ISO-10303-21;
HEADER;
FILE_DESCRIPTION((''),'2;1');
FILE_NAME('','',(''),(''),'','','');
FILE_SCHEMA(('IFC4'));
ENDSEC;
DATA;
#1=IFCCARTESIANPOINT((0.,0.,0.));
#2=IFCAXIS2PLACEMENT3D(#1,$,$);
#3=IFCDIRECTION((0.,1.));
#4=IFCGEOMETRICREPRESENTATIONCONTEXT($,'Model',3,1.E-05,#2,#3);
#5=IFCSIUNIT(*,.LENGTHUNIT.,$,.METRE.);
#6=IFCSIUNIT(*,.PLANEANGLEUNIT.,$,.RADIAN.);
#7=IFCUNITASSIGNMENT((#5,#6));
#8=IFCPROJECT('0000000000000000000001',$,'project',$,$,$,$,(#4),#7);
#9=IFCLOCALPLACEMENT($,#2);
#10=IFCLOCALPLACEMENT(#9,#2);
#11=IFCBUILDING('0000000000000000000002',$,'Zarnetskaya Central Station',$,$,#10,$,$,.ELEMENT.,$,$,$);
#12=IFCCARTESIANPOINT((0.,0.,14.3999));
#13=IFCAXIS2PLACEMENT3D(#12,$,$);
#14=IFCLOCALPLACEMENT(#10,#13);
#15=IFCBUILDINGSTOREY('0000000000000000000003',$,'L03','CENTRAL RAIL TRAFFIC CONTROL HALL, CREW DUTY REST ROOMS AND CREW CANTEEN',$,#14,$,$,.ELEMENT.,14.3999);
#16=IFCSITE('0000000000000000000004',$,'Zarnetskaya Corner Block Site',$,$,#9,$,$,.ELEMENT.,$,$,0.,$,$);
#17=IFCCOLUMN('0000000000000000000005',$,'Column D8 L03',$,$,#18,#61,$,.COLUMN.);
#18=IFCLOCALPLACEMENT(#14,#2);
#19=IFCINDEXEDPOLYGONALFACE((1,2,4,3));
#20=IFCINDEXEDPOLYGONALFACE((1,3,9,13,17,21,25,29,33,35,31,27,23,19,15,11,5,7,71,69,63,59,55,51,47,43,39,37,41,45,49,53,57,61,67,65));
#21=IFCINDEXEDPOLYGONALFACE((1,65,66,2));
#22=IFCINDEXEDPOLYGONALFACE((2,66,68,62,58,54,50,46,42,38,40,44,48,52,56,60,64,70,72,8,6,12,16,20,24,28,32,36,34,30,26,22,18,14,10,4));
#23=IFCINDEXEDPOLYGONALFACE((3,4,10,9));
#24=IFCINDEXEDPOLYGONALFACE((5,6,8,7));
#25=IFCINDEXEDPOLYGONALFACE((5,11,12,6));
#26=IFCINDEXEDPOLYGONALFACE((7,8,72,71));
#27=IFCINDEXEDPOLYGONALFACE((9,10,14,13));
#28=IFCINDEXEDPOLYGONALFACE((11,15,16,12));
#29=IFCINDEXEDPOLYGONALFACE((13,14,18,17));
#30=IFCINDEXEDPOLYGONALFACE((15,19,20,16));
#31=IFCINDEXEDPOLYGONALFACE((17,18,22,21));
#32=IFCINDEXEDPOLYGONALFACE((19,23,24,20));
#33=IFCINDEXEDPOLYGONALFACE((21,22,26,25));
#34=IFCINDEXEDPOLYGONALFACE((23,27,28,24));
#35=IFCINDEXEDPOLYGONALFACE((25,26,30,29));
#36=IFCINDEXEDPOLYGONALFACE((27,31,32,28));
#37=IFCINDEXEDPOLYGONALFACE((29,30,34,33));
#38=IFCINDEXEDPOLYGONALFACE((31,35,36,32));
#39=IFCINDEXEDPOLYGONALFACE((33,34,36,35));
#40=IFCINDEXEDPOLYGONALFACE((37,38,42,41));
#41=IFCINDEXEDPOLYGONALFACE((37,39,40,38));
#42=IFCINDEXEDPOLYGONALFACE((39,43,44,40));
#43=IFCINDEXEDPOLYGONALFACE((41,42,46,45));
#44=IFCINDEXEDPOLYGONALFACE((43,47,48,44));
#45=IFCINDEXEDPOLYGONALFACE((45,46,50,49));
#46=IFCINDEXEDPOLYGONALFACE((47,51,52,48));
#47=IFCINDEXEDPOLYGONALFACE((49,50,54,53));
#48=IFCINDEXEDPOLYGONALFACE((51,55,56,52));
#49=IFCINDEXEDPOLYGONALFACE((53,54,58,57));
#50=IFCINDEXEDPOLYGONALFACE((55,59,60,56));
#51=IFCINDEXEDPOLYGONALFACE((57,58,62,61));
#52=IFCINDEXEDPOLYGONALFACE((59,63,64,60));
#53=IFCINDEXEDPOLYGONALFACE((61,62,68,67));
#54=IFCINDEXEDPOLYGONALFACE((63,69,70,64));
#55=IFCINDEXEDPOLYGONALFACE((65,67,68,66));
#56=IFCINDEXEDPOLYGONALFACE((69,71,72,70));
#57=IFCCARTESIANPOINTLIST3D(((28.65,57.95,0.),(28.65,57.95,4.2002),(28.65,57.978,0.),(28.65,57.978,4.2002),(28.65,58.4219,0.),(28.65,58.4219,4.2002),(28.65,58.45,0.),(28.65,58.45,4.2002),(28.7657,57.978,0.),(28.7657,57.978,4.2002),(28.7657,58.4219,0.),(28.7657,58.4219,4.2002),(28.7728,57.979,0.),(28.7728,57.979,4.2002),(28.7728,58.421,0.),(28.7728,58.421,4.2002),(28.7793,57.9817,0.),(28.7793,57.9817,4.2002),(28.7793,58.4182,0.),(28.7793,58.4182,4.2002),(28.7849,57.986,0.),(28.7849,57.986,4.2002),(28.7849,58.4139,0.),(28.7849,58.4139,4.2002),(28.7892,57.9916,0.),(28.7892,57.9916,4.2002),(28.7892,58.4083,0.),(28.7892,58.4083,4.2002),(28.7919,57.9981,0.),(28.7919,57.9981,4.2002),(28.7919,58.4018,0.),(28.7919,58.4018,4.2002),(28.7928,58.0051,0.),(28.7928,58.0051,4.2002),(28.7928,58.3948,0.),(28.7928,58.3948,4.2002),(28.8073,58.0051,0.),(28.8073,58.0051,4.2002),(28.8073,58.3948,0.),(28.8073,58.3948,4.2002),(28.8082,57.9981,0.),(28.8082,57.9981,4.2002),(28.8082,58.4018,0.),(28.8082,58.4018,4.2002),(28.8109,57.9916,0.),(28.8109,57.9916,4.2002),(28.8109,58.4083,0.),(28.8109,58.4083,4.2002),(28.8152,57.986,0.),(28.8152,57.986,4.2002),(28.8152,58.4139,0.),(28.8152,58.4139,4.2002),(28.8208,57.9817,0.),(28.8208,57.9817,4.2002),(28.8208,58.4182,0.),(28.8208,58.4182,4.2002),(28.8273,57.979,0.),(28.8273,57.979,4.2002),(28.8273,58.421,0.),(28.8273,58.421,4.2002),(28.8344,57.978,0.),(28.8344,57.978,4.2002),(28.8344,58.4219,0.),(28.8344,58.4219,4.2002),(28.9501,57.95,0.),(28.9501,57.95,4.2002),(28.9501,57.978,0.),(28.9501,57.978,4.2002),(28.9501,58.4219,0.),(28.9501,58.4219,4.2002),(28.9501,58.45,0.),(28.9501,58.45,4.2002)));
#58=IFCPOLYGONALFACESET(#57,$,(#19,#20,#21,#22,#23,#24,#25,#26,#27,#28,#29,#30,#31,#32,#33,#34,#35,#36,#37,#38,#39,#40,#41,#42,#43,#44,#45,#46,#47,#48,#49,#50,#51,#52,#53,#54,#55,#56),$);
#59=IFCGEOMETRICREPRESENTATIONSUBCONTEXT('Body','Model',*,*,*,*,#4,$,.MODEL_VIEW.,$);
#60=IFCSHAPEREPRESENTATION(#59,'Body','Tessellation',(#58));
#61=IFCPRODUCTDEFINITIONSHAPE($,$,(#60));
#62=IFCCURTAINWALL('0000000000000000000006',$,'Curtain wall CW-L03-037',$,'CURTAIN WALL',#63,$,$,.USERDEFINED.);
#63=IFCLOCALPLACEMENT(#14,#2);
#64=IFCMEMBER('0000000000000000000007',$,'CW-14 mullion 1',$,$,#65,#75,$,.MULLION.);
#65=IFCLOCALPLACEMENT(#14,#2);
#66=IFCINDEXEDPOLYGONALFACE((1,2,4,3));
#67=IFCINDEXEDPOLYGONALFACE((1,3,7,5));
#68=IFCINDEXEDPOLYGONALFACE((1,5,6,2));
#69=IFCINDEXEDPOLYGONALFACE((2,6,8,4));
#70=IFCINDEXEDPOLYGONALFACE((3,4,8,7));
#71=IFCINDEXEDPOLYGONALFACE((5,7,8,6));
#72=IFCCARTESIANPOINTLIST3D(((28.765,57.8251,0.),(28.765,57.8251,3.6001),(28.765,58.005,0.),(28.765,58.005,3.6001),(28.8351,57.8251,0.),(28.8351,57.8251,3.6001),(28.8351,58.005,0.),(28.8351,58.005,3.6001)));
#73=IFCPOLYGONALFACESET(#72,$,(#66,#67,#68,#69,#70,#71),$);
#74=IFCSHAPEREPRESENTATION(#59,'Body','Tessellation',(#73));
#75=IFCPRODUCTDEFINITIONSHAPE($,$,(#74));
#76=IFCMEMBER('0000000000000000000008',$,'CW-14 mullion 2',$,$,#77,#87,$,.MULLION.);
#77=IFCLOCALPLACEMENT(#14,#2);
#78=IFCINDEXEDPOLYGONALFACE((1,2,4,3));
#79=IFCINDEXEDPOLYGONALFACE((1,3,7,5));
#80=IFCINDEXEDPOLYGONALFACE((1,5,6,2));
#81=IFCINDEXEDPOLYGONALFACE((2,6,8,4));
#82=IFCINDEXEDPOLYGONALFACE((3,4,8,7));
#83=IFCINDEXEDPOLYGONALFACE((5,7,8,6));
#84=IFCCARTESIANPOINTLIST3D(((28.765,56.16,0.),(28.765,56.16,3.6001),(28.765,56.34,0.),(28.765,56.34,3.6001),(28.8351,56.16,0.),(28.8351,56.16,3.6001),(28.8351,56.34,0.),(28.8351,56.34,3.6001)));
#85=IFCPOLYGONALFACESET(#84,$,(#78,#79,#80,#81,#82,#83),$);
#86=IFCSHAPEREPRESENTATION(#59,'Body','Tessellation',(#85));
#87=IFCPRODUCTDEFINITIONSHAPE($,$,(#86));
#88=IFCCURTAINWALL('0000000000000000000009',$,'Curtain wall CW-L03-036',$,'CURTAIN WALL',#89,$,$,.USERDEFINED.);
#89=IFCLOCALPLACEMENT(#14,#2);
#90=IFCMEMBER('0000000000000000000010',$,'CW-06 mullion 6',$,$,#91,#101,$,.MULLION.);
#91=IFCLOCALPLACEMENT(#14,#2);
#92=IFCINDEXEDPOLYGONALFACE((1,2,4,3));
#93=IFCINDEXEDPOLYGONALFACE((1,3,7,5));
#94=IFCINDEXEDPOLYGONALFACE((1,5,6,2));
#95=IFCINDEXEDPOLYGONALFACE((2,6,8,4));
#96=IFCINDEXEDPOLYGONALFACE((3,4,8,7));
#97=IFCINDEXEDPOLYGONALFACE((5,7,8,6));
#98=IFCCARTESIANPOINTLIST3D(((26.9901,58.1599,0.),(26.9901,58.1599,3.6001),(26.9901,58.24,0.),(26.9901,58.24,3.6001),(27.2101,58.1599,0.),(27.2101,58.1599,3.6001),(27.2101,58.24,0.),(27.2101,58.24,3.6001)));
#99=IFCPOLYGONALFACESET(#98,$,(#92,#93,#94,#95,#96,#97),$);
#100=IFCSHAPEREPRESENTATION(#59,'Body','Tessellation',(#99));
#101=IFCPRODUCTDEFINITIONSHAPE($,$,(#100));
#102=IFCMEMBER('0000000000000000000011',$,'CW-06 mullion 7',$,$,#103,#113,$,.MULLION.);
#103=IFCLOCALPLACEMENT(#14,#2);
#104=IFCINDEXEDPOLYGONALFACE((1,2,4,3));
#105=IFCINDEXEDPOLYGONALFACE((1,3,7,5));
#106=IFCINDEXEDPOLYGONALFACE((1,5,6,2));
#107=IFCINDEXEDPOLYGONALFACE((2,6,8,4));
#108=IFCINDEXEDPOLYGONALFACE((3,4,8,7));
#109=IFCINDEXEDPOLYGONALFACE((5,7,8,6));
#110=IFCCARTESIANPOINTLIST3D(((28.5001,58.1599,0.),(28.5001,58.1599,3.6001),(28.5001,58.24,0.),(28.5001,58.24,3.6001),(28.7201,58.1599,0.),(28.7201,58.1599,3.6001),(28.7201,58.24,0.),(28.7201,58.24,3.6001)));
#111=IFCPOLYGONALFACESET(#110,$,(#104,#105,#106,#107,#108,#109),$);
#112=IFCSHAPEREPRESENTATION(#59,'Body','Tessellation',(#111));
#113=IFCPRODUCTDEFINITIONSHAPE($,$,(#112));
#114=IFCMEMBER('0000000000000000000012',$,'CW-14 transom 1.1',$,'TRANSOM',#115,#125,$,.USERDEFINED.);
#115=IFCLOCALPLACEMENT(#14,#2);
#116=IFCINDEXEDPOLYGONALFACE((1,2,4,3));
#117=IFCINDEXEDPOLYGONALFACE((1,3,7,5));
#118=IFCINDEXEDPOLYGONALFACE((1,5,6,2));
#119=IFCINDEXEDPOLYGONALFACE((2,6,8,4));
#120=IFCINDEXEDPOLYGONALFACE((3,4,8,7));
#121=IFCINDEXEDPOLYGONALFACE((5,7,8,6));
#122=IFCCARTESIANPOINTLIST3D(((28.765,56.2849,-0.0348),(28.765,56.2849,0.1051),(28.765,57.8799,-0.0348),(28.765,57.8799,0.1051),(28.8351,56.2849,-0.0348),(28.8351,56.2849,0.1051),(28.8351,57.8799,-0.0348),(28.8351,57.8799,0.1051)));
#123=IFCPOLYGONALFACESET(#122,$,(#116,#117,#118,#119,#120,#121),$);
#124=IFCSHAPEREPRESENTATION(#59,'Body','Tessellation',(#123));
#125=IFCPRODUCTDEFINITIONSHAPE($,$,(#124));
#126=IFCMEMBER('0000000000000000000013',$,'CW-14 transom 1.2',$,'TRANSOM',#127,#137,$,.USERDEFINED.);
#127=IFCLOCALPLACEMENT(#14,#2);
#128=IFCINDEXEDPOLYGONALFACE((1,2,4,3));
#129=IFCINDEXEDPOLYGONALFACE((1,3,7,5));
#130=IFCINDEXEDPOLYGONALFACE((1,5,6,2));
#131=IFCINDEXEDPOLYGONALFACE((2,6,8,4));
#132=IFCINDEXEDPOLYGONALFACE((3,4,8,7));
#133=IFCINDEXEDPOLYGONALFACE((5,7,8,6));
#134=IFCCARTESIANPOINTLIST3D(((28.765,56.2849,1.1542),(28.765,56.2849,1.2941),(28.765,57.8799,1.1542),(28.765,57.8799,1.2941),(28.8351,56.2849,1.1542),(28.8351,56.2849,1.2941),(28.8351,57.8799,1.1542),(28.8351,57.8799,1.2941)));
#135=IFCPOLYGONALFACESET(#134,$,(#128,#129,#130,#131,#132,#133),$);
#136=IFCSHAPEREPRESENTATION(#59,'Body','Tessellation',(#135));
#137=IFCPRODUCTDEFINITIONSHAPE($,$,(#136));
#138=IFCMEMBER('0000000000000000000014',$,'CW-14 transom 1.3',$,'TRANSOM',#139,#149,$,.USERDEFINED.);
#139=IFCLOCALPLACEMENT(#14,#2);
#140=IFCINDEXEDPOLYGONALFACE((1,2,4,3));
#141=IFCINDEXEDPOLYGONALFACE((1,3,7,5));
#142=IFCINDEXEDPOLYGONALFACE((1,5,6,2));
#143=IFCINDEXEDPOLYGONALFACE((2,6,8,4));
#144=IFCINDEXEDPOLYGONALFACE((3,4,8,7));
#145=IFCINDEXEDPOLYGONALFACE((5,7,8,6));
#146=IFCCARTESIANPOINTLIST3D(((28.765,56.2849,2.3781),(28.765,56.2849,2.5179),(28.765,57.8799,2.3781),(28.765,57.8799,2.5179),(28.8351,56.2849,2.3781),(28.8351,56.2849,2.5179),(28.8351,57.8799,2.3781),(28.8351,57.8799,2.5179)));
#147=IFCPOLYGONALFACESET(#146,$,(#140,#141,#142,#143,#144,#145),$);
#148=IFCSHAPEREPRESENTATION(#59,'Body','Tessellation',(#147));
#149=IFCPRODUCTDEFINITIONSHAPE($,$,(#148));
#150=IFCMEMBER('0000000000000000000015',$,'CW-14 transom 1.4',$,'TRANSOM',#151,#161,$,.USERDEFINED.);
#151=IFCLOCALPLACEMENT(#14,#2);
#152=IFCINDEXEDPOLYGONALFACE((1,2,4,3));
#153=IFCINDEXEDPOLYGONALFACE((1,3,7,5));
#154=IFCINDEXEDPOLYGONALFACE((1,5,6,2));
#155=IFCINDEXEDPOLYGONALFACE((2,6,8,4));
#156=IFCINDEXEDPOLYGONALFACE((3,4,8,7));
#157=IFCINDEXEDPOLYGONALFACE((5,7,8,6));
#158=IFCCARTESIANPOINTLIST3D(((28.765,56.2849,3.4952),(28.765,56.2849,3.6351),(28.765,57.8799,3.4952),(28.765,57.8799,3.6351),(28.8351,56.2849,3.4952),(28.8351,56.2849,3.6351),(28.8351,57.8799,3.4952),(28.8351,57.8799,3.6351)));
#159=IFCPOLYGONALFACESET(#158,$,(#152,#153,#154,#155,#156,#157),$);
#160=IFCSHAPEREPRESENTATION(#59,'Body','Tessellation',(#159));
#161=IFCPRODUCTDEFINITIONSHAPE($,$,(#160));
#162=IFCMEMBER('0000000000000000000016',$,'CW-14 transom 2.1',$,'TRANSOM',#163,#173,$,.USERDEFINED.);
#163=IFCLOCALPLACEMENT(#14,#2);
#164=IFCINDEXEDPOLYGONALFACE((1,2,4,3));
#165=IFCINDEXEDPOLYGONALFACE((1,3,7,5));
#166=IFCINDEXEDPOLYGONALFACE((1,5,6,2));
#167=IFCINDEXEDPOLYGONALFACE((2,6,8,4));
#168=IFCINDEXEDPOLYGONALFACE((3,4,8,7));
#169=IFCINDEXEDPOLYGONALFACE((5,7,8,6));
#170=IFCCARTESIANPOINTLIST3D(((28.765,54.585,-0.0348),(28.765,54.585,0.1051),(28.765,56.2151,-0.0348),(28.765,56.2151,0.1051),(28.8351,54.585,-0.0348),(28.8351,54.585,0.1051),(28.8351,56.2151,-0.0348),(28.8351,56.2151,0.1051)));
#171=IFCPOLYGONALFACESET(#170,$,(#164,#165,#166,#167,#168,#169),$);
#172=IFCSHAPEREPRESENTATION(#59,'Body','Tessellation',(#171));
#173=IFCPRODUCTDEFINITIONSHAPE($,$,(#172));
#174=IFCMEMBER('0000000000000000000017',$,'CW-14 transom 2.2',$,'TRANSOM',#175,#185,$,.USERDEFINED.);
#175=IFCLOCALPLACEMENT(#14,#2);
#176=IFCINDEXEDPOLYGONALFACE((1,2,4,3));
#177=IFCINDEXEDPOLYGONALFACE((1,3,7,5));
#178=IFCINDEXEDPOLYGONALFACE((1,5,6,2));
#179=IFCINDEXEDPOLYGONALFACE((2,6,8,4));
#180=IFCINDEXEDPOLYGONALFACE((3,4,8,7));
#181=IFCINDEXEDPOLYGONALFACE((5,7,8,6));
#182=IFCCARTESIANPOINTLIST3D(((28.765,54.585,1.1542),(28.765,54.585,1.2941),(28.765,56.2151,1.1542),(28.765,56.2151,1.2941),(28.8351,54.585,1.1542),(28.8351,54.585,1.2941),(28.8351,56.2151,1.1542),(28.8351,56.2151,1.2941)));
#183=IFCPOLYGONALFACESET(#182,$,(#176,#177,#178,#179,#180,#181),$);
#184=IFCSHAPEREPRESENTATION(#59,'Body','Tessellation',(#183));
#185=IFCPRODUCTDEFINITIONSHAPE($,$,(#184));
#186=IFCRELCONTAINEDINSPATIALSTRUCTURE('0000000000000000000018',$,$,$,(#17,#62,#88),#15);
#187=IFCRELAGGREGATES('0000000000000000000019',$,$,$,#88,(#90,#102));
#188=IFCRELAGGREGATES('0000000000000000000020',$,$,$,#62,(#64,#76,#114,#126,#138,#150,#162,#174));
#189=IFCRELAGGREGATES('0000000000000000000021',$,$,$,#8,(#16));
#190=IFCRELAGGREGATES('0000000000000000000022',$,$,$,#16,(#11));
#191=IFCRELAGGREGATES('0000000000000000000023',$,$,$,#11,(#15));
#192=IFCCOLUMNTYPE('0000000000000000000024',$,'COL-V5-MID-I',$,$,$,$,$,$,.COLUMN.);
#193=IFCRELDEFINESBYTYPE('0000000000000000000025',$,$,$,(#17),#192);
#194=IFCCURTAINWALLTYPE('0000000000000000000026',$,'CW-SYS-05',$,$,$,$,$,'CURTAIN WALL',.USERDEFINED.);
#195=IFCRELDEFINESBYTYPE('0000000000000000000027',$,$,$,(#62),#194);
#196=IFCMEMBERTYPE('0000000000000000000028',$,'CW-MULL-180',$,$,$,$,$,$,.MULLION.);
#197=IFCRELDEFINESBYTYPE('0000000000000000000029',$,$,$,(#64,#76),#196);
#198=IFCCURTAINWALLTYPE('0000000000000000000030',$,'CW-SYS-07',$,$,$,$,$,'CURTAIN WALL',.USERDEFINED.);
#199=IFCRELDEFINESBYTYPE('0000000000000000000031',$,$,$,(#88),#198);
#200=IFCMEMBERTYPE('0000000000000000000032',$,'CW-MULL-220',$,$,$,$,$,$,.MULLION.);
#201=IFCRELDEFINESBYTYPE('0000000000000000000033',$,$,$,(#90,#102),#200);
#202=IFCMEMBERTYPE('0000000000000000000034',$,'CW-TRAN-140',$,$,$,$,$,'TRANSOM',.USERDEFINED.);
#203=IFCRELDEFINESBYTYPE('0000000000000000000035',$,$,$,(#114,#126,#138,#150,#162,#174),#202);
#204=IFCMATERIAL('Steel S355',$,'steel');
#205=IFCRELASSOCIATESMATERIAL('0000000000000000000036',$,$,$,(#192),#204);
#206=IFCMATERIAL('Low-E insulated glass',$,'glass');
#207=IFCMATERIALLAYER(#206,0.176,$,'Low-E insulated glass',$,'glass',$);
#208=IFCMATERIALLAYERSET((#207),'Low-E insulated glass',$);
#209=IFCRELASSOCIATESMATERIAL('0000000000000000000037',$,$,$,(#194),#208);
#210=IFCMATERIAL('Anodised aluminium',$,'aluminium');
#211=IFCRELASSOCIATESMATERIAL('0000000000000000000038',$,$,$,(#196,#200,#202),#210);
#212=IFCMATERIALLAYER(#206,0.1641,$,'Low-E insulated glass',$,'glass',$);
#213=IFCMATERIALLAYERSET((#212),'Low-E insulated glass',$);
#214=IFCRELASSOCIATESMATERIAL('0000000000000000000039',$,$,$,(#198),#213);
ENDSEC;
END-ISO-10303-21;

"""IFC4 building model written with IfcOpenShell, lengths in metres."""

from ifc_helpers import new_model, si_unit, direction, frame, origin, origin_2d, place, context, subcontext, project, spatial, rectangle, i_section, extrude, material, layer, layer_set, material_profile, profile_set, type_object, element, aggregate, save


model = new_model("IFC4")

# Units and contexts
model_context = context("Model", 3, precision=1e-05, world=origin(), true_north=direction((0.0, 1.0)))
body_context = subcontext(model_context, "Body", "Model", "MODEL_VIEW")
ifc_project = project(units=[si_unit("LENGTHUNIT", "METRE"), si_unit("PLANEANGLEUNIT", "RADIAN")], contexts=[model_context])

# Site, building, storey
site_placement = place(None, origin())
site = spatial("IfcSite", under=ifc_project, at=site_placement, Name="Zarnetskaya Corner Block Site", CompositionType="ELEMENT", RefElevation=0.0)
building_placement = place(site_placement, origin())
building = spatial("IfcBuilding", under=site, at=building_placement, Name="Zarnetskaya Central Station", CompositionType="ELEMENT")
storey_placement = place(building_placement, frame((0.0, 0.0, 14.3999)))
storey = spatial("IfcBuildingStorey", under=building, at=storey_placement, Name="L03", Description="CENTRAL RAIL TRAFFIC CONTROL HALL, CREW DUTY REST ROOMS AND CREW CANTEEN", CompositionType="ELEMENT", Elevation=14.3999)

# Column
ifc_material_1 = material(Name="Steel S355", Category="steel")
ifc_material_profile_1 = material_profile(ifc_material_1, i_section(OverallWidth=0.3, OverallDepth=0.5, WebThickness=0.0144, FlangeThickness=0.0281, FilletRadius=0.0271, at=origin_2d()), Name="HEB 500")
ifc_profile_set_1 = profile_set([ifc_material_profile_1], Name="Steel S355")
column_type = type_object("IfcColumnType", Name="COL-V5-MID-I", PredefinedType="COLUMN", material=ifc_profile_set_1)
column_placement = place(storey_placement, frame((28.8, 58.2, 0.0), z_axis=(0.0, 0.0, 1.0), x_axis=(1.0, 0.0, 0.0)))
element("IfcColumn", 1, at=column_placement, inside=storey, type_object=column_type, Name="Column D8 L03", PredefinedType="COLUMN", context=body_context, shape_type="SweptSolid", body=[
    extrude(i_section(OverallWidth=0.3, OverallDepth=0.5, WebThickness=0.0144, FlangeThickness=0.0281, FilletRadius=0.0271, at=origin_2d()), origin(), (0.0, 0.0, 1.0), 4.2002),
])

# Curtain walls, members
ifc_material_2 = material(Name="Low-E insulated glass", Category="glass")
ifc_layer_1 = layer(ifc_material_2, 0.176, Name="Low-E insulated glass", Category="glass")
ifc_layer_set_1 = layer_set([ifc_layer_1], Name="Low-E insulated glass")
curtain_wall_type_1 = type_object("IfcCurtainWallType", Name="CW-SYS-05", ElementType="CURTAIN WALL", PredefinedType="USERDEFINED", material=ifc_layer_set_1)
curtain_wall_1_placement = place(storey_placement, origin())
curtain_wall_1 = element("IfcCurtainWall", 2, at=curtain_wall_1_placement, inside=storey, type_object=curtain_wall_type_1, Name="Curtain wall CW-L03-037", ObjectType="CURTAIN WALL", PredefinedType="USERDEFINED")
ifc_material_3 = material(Name="Anodised aluminium", Category="aluminium")
ifc_material_profile_2 = material_profile(ifc_material_3, rectangle(XDim=0.0701, YDim=0.1799, at=origin_2d()), Name="ALU MULL 70x180")
ifc_profile_set_2 = profile_set([ifc_material_profile_2], Name="Anodised aluminium")
member_type_1 = type_object("IfcMemberType", Name="CW-MULL-180", PredefinedType="MULLION", material=ifc_profile_set_2)
member_1_placement = place(storey_placement, frame((28.8, 57.915, 0.0), z_axis=(0.0, 0.0, 1.0), x_axis=(1.0, 0.0, 0.0)))
member_1 = element("IfcMember", 3, at=member_1_placement, type_object=member_type_1, Name="CW-14 mullion 1", PredefinedType="MULLION", context=body_context, shape_type="SweptSolid", body=[
    extrude(rectangle(XDim=0.0701, YDim=0.1799, at=origin_2d()), origin(), (0.0, 0.0, 1.0), 3.6001),
])
member_2_placement = place(storey_placement, frame((28.8, 56.25, 0.0), z_axis=(0.0, 0.0, 1.0), x_axis=(1.0, 0.0, 0.0)))
member_2 = element("IfcMember", 4, at=member_2_placement, type_object=member_type_1, Name="CW-14 mullion 2", PredefinedType="MULLION", context=body_context, shape_type="SweptSolid", body=[
    extrude(rectangle(XDim=0.0701, YDim=0.1799, at=origin_2d()), origin(), (0.0, 0.0, 1.0), 3.6001),
])
ifc_layer_2 = layer(ifc_material_2, 0.1641, Name="Low-E insulated glass", Category="glass")
ifc_layer_set_2 = layer_set([ifc_layer_2], Name="Low-E insulated glass")
curtain_wall_type_2 = type_object("IfcCurtainWallType", Name="CW-SYS-07", ElementType="CURTAIN WALL", PredefinedType="USERDEFINED", material=ifc_layer_set_2)
curtain_wall_2_placement = place(storey_placement, origin())
curtain_wall_2 = element("IfcCurtainWall", 5, at=curtain_wall_2_placement, inside=storey, type_object=curtain_wall_type_2, Name="Curtain wall CW-L03-036", ObjectType="CURTAIN WALL", PredefinedType="USERDEFINED")
ifc_material_profile_3 = material_profile(ifc_material_3, rectangle(XDim=0.0801, YDim=0.22, at=origin_2d()), Name="ALU MULL 80x220")
ifc_profile_set_3 = profile_set([ifc_material_profile_3], Name="Anodised aluminium")
member_type_2 = type_object("IfcMemberType", Name="CW-MULL-220", PredefinedType="MULLION", material=ifc_profile_set_3)
member_3_placement = place(storey_placement, frame((27.1001, 58.2, 0.0), z_axis=(0.0, 0.0, 1.0), x_axis=(0.0, 1.0, 0.0)))
member_3 = element("IfcMember", 6, at=member_3_placement, type_object=member_type_2, Name="CW-06 mullion 6", PredefinedType="MULLION", context=body_context, shape_type="SweptSolid", body=[
    extrude(rectangle(XDim=0.0801, YDim=0.22, at=origin_2d()), origin(), (0.0, 0.0, 1.0), 3.6001),
])
member_4_placement = place(storey_placement, frame((28.6101, 58.2, 0.0), z_axis=(0.0, 0.0, 1.0), x_axis=(0.0, 1.0, 0.0)))
member_4 = element("IfcMember", 7, at=member_4_placement, type_object=member_type_2, Name="CW-06 mullion 7", PredefinedType="MULLION", context=body_context, shape_type="SweptSolid", body=[
    extrude(rectangle(XDim=0.0801, YDim=0.22, at=origin_2d()), origin(), (0.0, 0.0, 1.0), 3.6001),
])

# Members
ifc_material_profile_4 = material_profile(ifc_material_3, rectangle(XDim=0.0701, YDim=0.1399, at=origin_2d()), Name="ALU TRAN 70x140")
ifc_profile_set_4 = profile_set([ifc_material_profile_4], Name="Anodised aluminium")
member_type_3 = type_object("IfcMemberType", Name="CW-TRAN-140", ElementType="TRANSOM", PredefinedType="USERDEFINED", material=ifc_profile_set_4)
member_5_placement = place(storey_placement, frame((28.8, 57.8799, 0.0352), z_axis=(0.0, -1.0, 0.0), x_axis=(1.0, 0.0, 0.0)))
member_5 = element("IfcMember", 8, at=member_5_placement, type_object=member_type_3, Name="CW-14 transom 1.1", ObjectType="TRANSOM", PredefinedType="USERDEFINED", context=body_context, shape_type="SweptSolid", body=[
    extrude(rectangle(XDim=0.0701, YDim=0.1399, at=origin_2d()), origin(), (0.0, 0.0, 1.0), 1.595),
])
member_6_placement = place(storey_placement, frame((28.8, 57.8799, 1.2241), z_axis=(0.0, -1.0, 0.0), x_axis=(1.0, 0.0, 0.0)))
member_6 = element("IfcMember", 9, at=member_6_placement, type_object=member_type_3, Name="CW-14 transom 1.2", ObjectType="TRANSOM", PredefinedType="USERDEFINED", context=body_context, shape_type="SweptSolid", body=[
    extrude(rectangle(XDim=0.0701, YDim=0.1399, at=origin_2d()), origin(), (0.0, 0.0, 1.0), 1.595),
])
member_7_placement = place(storey_placement, frame((28.8, 57.8799, 2.448), z_axis=(0.0, -1.0, 0.0), x_axis=(1.0, 0.0, 0.0)))
member_7 = element("IfcMember", 10, at=member_7_placement, type_object=member_type_3, Name="CW-14 transom 1.3", ObjectType="TRANSOM", PredefinedType="USERDEFINED", context=body_context, shape_type="SweptSolid", body=[
    extrude(rectangle(XDim=0.0701, YDim=0.1399, at=origin_2d()), origin(), (0.0, 0.0, 1.0), 1.595),
])
member_8_placement = place(storey_placement, frame((28.8, 57.8799, 3.5652), z_axis=(0.0, -1.0, 0.0), x_axis=(1.0, 0.0, 0.0)))
member_8 = element("IfcMember", 11, at=member_8_placement, type_object=member_type_3, Name="CW-14 transom 1.4", ObjectType="TRANSOM", PredefinedType="USERDEFINED", context=body_context, shape_type="SweptSolid", body=[
    extrude(rectangle(XDim=0.0701, YDim=0.1399, at=origin_2d()), origin(), (0.0, 0.0, 1.0), 1.595),
])
member_9_placement = place(storey_placement, frame((28.8, 56.2151, 0.0352), z_axis=(0.0, -1.0, 0.0), x_axis=(1.0, 0.0, 0.0)))
member_9 = element("IfcMember", 12, at=member_9_placement, type_object=member_type_3, Name="CW-14 transom 2.1", ObjectType="TRANSOM", PredefinedType="USERDEFINED", context=body_context, shape_type="SweptSolid", body=[
    extrude(rectangle(XDim=0.0701, YDim=0.1399, at=origin_2d()), origin(), (0.0, 0.0, 1.0), 1.6301),
])
member_10_placement = place(storey_placement, frame((28.8, 56.2151, 1.2241), z_axis=(0.0, -1.0, 0.0), x_axis=(1.0, 0.0, 0.0)))
member_10 = element("IfcMember", 13, at=member_10_placement, type_object=member_type_3, Name="CW-14 transom 2.2", ObjectType="TRANSOM", PredefinedType="USERDEFINED", context=body_context, shape_type="SweptSolid", body=[
    extrude(rectangle(XDim=0.0701, YDim=0.1399, at=origin_2d()), origin(), (0.0, 0.0, 1.0), 1.6301),
])

aggregate(curtain_wall_2, [member_3, member_4])
aggregate(curtain_wall_1, [member_1, member_2, member_5, member_6, member_7, member_8, member_9, member_10])

save(model, "model.ifc")
